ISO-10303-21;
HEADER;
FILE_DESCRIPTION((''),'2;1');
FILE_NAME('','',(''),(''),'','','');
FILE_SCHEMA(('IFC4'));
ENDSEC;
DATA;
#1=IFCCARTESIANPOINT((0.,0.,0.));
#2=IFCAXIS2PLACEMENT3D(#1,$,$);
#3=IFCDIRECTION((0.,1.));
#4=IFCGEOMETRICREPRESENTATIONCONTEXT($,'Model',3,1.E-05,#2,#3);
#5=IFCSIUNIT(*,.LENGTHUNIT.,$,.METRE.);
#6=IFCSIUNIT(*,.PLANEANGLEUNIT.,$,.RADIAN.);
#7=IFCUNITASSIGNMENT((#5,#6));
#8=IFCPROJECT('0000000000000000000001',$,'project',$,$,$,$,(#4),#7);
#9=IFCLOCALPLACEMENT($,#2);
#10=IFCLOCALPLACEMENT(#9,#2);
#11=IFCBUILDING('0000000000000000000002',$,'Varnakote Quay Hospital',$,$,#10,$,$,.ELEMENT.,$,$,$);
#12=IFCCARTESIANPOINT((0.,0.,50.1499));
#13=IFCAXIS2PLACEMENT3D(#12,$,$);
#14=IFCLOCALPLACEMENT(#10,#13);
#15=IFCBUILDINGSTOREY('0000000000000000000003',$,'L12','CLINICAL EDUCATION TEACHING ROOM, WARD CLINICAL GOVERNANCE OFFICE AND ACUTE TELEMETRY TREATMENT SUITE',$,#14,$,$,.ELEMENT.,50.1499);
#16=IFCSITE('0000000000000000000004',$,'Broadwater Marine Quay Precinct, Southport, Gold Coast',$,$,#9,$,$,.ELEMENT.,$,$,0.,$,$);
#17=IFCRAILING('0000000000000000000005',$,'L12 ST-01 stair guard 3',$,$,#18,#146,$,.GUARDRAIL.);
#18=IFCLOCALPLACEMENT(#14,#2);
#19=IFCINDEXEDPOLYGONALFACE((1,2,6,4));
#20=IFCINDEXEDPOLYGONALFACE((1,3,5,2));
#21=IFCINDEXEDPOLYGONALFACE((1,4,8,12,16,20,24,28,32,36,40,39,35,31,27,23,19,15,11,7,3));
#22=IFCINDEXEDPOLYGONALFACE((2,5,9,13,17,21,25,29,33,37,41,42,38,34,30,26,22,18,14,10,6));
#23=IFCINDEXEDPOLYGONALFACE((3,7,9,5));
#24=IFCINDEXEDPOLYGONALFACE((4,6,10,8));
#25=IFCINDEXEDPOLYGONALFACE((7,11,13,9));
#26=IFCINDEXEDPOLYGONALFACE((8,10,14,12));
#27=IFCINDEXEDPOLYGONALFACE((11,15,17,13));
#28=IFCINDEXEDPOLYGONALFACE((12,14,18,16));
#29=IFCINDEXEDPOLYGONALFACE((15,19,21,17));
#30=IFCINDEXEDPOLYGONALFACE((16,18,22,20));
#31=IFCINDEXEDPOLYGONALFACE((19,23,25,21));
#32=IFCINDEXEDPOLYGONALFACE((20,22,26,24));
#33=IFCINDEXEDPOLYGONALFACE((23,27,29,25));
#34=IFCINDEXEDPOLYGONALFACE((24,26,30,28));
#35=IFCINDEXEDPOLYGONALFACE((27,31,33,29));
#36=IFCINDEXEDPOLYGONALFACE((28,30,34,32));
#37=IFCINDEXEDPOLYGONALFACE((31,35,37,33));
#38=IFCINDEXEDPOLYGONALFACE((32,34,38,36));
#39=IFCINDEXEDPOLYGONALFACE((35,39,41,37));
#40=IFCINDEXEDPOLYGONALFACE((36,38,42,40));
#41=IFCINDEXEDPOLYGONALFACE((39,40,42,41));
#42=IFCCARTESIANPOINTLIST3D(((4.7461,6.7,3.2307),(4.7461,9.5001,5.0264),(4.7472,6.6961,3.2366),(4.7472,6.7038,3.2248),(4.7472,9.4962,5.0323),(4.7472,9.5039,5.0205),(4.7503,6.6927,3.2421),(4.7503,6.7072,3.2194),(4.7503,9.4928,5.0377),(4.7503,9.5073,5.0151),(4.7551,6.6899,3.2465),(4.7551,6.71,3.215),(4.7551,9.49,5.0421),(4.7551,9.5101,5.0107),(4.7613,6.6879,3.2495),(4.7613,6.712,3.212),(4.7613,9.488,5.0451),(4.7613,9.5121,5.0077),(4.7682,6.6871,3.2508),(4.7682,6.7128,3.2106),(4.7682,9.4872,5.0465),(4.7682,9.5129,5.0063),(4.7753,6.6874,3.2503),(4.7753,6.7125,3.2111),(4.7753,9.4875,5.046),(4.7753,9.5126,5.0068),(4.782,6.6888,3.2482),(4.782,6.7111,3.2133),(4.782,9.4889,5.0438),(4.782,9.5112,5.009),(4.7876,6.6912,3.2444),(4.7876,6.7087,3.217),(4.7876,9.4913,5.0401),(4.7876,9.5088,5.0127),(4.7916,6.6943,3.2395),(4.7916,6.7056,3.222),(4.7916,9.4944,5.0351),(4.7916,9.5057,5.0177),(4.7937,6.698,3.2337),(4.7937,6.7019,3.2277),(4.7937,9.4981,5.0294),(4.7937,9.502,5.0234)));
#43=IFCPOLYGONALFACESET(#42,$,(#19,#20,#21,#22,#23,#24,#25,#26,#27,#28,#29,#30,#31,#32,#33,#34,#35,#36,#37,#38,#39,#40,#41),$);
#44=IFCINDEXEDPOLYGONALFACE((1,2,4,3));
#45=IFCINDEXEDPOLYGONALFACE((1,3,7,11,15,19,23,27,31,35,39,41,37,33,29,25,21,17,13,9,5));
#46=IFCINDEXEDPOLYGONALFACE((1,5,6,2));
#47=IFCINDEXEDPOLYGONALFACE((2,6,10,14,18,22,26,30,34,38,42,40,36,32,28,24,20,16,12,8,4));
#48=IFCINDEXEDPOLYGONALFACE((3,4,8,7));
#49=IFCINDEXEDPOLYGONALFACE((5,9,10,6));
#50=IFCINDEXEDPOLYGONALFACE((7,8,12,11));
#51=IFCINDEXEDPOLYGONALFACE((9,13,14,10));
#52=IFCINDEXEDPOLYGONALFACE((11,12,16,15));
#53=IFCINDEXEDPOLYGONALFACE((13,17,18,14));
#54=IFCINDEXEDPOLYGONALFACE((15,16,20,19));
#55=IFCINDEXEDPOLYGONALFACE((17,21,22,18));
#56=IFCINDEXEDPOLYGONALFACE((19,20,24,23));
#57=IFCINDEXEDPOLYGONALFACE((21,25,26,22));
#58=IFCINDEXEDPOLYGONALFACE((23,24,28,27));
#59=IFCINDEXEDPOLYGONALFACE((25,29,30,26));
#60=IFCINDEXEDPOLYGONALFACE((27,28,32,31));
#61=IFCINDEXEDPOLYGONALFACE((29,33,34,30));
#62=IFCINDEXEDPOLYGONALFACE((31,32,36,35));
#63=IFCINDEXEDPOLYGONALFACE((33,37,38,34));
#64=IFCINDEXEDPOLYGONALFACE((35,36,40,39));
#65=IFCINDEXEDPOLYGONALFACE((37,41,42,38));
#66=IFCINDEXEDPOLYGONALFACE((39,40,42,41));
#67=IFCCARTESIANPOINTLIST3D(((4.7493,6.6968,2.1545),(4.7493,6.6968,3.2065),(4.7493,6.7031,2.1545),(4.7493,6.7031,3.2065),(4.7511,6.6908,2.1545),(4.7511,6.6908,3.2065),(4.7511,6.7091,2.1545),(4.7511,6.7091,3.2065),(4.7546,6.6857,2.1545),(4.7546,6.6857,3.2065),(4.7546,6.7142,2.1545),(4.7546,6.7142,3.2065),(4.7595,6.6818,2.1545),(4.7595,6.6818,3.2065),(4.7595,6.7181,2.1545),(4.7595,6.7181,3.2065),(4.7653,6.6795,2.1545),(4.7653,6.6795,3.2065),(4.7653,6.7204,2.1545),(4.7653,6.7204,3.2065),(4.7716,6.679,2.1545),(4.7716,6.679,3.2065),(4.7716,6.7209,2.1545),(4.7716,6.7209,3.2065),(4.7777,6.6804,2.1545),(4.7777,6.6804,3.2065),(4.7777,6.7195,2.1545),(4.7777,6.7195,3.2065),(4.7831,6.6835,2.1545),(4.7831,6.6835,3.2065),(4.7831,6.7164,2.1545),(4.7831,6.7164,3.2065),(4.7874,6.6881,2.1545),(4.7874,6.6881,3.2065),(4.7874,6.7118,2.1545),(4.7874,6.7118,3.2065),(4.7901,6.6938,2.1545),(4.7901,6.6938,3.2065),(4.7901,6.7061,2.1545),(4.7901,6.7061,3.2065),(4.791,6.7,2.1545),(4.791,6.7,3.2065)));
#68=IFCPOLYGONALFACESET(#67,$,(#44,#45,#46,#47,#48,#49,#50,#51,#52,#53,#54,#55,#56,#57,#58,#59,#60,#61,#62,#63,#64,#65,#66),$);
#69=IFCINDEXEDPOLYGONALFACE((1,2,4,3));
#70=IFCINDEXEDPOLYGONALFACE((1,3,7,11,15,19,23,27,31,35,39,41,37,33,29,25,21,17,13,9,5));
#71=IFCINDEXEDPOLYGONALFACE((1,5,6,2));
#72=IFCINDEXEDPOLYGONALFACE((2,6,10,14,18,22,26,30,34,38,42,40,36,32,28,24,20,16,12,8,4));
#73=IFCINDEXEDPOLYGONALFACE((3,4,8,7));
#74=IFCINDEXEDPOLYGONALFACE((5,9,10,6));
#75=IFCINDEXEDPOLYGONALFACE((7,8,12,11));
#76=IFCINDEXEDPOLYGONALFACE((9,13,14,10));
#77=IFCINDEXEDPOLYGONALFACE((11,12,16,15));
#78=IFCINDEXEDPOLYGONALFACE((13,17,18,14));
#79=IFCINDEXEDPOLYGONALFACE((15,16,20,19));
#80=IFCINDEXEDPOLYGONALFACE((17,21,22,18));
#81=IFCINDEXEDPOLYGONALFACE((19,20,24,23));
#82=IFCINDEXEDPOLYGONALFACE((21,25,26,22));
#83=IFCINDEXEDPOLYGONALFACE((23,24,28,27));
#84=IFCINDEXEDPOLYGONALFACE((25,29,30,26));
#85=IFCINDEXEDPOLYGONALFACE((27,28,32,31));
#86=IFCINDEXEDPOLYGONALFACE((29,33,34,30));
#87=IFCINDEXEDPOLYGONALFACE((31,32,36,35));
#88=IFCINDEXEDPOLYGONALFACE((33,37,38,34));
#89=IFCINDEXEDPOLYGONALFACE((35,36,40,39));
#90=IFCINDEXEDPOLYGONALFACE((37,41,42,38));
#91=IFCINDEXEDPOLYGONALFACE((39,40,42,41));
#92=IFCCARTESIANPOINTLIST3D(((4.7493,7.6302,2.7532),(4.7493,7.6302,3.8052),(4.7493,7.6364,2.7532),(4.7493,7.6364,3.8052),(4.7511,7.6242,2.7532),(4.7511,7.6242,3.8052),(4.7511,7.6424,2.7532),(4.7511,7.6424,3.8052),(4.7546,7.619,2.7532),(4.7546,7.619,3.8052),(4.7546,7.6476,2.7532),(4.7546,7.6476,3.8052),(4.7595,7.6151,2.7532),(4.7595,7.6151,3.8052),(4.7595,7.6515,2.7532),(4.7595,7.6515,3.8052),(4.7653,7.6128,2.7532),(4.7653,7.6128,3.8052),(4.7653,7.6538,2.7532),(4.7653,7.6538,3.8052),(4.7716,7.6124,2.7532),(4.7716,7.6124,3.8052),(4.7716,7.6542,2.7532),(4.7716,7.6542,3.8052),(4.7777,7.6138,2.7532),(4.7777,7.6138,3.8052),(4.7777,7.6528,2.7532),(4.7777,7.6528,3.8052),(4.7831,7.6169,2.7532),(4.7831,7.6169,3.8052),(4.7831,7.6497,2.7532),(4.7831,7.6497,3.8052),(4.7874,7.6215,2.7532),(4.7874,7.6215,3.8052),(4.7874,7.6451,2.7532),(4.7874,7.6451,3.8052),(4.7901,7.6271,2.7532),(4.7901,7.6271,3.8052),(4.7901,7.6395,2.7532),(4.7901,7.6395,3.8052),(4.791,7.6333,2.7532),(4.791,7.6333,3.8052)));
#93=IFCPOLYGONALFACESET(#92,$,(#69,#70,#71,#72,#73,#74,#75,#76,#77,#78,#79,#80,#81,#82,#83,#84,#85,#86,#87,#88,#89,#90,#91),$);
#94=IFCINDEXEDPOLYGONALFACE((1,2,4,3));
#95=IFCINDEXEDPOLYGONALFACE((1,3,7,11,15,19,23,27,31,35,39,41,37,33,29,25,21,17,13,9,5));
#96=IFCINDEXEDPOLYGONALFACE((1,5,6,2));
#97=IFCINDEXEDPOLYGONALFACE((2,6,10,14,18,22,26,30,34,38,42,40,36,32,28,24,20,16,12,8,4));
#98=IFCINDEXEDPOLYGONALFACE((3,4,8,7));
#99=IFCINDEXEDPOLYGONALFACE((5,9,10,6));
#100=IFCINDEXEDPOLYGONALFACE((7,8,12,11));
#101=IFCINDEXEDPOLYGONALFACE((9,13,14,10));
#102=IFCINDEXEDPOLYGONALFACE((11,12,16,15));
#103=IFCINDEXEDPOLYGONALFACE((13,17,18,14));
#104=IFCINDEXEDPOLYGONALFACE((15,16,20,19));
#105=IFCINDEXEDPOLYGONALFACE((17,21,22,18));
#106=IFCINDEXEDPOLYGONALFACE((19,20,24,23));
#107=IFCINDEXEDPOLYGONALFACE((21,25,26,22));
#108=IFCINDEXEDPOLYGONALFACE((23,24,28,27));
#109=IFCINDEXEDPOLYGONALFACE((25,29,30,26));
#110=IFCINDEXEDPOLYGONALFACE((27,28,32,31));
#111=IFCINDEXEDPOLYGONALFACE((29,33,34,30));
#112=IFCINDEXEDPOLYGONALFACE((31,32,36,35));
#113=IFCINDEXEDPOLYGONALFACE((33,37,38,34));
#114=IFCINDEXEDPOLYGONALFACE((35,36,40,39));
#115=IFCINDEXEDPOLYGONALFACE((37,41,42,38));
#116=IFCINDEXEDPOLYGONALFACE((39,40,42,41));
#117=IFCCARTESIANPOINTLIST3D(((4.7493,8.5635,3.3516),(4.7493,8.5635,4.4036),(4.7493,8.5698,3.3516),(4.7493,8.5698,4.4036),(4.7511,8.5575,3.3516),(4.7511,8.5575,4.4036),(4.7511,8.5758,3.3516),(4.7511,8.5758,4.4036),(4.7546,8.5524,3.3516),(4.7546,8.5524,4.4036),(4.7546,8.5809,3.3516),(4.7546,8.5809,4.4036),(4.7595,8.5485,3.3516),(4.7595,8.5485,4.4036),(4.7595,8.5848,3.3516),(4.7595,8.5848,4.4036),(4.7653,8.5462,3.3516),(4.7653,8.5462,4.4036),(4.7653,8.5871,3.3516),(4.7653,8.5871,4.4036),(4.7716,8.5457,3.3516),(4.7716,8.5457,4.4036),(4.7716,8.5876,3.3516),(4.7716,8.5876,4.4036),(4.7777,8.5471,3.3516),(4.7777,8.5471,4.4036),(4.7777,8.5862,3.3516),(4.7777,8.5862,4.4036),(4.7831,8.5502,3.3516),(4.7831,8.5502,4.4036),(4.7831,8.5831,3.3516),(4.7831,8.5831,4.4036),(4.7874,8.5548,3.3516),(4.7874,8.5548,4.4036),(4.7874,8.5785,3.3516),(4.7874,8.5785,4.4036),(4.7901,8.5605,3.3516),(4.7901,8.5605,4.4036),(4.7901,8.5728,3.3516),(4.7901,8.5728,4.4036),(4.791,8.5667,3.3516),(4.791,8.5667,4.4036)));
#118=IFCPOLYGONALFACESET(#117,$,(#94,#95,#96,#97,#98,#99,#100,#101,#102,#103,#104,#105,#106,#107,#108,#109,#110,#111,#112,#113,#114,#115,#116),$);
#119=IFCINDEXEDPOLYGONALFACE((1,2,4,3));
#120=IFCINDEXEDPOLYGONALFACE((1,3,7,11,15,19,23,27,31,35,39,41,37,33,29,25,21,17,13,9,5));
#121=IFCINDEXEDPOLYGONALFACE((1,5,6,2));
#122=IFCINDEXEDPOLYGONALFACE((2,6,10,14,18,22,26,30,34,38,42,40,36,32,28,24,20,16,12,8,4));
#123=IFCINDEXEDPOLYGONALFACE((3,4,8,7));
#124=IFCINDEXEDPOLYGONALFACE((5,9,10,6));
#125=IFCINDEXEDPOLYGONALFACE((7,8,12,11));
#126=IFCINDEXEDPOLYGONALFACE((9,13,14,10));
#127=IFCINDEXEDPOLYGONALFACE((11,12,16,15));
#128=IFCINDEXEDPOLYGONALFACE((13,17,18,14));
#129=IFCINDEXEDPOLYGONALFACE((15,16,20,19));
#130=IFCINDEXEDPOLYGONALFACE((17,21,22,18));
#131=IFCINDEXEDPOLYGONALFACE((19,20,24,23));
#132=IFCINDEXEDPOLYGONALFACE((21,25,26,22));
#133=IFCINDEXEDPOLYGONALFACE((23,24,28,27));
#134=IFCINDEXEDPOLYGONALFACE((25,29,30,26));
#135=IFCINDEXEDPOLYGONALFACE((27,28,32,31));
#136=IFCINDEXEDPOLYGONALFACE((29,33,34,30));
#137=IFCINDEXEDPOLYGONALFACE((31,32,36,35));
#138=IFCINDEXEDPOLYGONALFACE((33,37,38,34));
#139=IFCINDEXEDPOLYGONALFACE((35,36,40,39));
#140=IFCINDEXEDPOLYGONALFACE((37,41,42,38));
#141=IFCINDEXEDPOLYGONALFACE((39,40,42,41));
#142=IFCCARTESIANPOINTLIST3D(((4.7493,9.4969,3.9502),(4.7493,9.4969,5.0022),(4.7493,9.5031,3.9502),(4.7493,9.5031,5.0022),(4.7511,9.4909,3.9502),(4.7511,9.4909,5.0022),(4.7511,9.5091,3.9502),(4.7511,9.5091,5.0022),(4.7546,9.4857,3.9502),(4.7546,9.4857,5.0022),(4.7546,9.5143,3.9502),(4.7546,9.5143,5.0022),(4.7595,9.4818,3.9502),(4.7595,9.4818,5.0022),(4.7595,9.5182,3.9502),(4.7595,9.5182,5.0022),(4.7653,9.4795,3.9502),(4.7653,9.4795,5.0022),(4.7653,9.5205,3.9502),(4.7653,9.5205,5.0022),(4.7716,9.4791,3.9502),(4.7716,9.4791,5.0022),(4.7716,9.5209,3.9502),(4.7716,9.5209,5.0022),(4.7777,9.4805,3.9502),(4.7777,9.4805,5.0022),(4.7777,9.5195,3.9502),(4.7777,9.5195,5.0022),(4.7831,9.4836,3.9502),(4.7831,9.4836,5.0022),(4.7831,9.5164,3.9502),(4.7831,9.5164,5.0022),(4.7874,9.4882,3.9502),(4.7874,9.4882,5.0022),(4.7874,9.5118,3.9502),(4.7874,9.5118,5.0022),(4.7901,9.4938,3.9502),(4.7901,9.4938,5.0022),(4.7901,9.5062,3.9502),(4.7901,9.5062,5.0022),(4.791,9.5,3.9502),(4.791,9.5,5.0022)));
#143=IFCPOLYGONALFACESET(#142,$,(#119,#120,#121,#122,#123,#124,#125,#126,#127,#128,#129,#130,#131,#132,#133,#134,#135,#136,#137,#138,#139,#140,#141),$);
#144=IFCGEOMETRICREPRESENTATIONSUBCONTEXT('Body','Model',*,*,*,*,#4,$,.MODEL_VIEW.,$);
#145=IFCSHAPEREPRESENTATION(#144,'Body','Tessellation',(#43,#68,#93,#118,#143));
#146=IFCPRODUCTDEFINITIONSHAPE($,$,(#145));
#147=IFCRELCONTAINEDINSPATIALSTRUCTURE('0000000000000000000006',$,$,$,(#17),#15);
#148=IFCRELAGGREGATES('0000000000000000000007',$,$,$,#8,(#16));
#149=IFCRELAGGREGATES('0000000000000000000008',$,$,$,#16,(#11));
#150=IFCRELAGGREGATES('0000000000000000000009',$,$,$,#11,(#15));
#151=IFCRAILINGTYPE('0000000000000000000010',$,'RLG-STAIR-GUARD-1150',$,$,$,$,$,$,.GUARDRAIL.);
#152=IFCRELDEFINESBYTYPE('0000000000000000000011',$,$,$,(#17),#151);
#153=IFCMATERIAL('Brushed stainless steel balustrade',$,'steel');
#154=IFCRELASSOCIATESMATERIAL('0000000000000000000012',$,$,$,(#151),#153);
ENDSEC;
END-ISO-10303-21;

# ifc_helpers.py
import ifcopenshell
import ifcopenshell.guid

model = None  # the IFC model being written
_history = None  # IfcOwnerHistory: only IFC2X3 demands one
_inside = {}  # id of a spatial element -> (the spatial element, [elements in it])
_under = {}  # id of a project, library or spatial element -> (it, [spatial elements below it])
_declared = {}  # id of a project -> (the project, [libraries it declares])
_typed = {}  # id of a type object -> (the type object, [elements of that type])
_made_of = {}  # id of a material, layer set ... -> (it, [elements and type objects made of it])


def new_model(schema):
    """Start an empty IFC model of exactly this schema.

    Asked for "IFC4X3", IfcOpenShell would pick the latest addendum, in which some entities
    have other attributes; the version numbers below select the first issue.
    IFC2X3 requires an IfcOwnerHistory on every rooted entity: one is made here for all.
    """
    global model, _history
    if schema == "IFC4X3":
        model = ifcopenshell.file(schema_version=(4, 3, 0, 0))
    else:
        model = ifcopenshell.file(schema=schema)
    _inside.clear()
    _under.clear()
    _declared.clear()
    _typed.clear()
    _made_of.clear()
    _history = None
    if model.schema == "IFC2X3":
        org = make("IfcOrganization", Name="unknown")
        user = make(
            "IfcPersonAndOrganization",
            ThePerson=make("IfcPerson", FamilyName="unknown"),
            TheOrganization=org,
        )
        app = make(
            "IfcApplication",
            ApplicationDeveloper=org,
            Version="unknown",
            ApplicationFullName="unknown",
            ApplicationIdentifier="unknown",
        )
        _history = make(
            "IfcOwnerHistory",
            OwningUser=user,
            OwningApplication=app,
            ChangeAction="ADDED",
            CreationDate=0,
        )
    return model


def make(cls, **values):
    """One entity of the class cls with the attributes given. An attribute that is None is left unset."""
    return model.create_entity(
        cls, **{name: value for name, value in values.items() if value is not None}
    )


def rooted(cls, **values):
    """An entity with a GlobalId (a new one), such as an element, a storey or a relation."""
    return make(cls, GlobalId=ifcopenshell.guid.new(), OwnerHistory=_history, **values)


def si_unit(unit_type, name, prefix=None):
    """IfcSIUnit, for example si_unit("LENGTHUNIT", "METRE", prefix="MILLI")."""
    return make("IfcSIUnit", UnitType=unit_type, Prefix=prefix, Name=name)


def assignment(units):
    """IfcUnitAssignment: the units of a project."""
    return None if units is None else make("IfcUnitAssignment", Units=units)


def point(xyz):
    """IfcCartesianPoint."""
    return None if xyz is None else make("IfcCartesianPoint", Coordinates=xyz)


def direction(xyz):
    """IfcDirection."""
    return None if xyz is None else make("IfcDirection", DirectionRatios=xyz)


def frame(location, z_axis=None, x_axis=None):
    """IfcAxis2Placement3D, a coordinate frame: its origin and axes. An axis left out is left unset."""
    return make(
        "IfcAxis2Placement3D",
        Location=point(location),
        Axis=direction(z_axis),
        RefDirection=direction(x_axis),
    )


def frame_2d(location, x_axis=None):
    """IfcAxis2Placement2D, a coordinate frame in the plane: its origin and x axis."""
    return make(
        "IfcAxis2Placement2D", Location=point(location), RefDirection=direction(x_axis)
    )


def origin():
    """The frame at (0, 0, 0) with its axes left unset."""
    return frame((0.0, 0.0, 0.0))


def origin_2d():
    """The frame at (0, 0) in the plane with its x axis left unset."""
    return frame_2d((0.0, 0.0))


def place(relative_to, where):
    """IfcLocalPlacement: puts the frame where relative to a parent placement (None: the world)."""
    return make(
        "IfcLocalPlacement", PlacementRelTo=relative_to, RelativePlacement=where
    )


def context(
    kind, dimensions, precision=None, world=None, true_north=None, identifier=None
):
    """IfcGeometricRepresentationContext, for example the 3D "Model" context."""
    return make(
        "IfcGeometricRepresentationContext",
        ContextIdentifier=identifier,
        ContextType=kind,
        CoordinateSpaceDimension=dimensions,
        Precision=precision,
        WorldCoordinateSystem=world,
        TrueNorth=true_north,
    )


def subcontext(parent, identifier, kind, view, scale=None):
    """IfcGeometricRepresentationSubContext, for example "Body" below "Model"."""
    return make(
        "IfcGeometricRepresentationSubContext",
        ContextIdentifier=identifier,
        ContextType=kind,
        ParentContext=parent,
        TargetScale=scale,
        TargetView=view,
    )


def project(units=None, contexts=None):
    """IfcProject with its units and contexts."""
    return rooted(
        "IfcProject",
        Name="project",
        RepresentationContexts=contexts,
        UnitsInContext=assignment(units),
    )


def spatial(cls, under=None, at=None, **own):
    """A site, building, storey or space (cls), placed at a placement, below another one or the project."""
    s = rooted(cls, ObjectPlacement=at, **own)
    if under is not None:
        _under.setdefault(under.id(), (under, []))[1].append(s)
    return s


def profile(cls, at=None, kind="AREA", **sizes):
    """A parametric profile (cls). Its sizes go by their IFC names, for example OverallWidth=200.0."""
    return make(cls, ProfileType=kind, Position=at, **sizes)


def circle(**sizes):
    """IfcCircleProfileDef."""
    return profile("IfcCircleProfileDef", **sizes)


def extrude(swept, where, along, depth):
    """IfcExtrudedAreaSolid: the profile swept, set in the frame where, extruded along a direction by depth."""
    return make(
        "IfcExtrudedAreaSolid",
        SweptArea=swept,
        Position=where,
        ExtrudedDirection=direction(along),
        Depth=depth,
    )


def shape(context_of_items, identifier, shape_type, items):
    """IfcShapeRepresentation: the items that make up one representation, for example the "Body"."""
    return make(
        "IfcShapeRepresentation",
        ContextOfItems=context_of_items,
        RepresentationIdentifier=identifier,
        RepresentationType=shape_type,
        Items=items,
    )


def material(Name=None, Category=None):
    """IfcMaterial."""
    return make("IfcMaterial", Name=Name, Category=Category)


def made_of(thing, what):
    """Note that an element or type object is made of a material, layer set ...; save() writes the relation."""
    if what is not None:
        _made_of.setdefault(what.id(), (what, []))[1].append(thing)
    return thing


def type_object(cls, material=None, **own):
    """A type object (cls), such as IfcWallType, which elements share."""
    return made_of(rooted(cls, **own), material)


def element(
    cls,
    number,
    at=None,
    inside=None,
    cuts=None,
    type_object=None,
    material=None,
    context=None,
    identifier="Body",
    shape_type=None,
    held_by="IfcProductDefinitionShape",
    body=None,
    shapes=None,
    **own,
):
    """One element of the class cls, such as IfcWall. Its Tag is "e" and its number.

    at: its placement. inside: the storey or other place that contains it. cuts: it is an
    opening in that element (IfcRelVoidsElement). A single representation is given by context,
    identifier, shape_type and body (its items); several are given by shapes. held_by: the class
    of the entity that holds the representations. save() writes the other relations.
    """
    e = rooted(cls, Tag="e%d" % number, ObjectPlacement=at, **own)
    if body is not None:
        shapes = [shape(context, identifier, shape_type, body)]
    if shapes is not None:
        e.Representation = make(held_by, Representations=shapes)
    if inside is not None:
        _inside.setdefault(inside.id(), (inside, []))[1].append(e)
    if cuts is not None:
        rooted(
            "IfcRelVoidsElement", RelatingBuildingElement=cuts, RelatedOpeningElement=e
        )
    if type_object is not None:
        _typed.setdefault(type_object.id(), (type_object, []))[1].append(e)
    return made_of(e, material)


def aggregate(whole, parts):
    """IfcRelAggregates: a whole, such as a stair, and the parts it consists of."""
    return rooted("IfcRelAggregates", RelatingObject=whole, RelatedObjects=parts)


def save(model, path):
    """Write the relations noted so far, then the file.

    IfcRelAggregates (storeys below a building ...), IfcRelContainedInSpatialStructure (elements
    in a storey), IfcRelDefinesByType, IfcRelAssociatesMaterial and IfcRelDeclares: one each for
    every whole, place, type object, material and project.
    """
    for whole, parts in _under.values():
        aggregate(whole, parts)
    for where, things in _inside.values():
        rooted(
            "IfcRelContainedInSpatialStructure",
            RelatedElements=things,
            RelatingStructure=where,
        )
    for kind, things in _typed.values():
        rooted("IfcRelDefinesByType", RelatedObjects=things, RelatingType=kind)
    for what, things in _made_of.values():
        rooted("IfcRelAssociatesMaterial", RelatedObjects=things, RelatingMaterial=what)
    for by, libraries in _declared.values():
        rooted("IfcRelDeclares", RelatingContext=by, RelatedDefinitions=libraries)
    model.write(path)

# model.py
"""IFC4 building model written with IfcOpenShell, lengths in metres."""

from ifc_helpers import new_model, si_unit, direction, frame, origin, origin_2d, place, context, subcontext, project, spatial, circle, extrude, material, type_object, element, save


model = new_model("IFC4")

# Units and contexts
model_context = context("Model", 3, precision=1e-05, world=origin(), true_north=direction((0.0, 1.0)))
body_context = subcontext(model_context, "Body", "Model", "MODEL_VIEW")
ifc_project = project(units=[si_unit("LENGTHUNIT", "METRE"), si_unit("PLANEANGLEUNIT", "RADIAN")], contexts=[model_context])

# Site, building, storey
site_placement = place(None, origin())
site = spatial("IfcSite", under=ifc_project, at=site_placement, Name="Broadwater Marine Quay Precinct, Southport, Gold Coast", CompositionType="ELEMENT", RefElevation=0.0)
building_placement = place(site_placement, origin())
building = spatial("IfcBuilding", under=site, at=building_placement, Name="Varnakote Quay Hospital", CompositionType="ELEMENT")
storey_placement = place(building_placement, frame((0.0, 0.0, 50.1499)))
storey = spatial("IfcBuildingStorey", under=building, at=storey_placement, Name="L12", Description="CLINICAL EDUCATION TEACHING ROOM, WARD CLINICAL GOVERNANCE OFFICE AND ACUTE TELEMETRY TREATMENT SUITE", CompositionType="ELEMENT", Elevation=50.1499)

# Railing
ifc_material_1 = material(Name="Brushed stainless steel balustrade", Category="steel")
railing_type_1 = type_object("IfcRailingType", Name="RLG-STAIR-GUARD-1150", PredefinedType="GUARDRAIL", material=ifc_material_1)
railing_1_placement = place(storey_placement, frame((4.77, 6.7, 2.1545)))
element("IfcRailing", 1, at=railing_1_placement, inside=storey, type_object=railing_type_1, Name="L12 ST-01 stair guard 3", PredefinedType="GUARDRAIL", context=body_context, shape_type="SweptSolid", body=[
    extrude(circle(Radius=0.0239, at=origin_2d()), frame((0.0, 0.0, 1.0762), z_axis=(0.0, 0.841777, 0.539826), x_axis=(-1.0, 0.0, 0.0)), (0.0, 0.0, 1.0), 3.3264),
    extrude(circle(Radius=0.021, at=origin_2d()), origin(), (0.0, 0.0, 1.0), 1.052),
    extrude(circle(Radius=0.021, at=origin_2d()), frame((0.0, 0.9333, 0.5986)), (0.0, 0.0, 1.0), 1.052),
    extrude(circle(Radius=0.021, at=origin_2d()), frame((0.0, 1.8667, 1.197)), (0.0, 0.0, 1.0), 1.052),
    extrude(circle(Radius=0.021, at=origin_2d()), frame((0.0, 2.8, 1.7957)), (0.0, 0.0, 1.0), 1.052),
])

save(model, "model.ifc")
